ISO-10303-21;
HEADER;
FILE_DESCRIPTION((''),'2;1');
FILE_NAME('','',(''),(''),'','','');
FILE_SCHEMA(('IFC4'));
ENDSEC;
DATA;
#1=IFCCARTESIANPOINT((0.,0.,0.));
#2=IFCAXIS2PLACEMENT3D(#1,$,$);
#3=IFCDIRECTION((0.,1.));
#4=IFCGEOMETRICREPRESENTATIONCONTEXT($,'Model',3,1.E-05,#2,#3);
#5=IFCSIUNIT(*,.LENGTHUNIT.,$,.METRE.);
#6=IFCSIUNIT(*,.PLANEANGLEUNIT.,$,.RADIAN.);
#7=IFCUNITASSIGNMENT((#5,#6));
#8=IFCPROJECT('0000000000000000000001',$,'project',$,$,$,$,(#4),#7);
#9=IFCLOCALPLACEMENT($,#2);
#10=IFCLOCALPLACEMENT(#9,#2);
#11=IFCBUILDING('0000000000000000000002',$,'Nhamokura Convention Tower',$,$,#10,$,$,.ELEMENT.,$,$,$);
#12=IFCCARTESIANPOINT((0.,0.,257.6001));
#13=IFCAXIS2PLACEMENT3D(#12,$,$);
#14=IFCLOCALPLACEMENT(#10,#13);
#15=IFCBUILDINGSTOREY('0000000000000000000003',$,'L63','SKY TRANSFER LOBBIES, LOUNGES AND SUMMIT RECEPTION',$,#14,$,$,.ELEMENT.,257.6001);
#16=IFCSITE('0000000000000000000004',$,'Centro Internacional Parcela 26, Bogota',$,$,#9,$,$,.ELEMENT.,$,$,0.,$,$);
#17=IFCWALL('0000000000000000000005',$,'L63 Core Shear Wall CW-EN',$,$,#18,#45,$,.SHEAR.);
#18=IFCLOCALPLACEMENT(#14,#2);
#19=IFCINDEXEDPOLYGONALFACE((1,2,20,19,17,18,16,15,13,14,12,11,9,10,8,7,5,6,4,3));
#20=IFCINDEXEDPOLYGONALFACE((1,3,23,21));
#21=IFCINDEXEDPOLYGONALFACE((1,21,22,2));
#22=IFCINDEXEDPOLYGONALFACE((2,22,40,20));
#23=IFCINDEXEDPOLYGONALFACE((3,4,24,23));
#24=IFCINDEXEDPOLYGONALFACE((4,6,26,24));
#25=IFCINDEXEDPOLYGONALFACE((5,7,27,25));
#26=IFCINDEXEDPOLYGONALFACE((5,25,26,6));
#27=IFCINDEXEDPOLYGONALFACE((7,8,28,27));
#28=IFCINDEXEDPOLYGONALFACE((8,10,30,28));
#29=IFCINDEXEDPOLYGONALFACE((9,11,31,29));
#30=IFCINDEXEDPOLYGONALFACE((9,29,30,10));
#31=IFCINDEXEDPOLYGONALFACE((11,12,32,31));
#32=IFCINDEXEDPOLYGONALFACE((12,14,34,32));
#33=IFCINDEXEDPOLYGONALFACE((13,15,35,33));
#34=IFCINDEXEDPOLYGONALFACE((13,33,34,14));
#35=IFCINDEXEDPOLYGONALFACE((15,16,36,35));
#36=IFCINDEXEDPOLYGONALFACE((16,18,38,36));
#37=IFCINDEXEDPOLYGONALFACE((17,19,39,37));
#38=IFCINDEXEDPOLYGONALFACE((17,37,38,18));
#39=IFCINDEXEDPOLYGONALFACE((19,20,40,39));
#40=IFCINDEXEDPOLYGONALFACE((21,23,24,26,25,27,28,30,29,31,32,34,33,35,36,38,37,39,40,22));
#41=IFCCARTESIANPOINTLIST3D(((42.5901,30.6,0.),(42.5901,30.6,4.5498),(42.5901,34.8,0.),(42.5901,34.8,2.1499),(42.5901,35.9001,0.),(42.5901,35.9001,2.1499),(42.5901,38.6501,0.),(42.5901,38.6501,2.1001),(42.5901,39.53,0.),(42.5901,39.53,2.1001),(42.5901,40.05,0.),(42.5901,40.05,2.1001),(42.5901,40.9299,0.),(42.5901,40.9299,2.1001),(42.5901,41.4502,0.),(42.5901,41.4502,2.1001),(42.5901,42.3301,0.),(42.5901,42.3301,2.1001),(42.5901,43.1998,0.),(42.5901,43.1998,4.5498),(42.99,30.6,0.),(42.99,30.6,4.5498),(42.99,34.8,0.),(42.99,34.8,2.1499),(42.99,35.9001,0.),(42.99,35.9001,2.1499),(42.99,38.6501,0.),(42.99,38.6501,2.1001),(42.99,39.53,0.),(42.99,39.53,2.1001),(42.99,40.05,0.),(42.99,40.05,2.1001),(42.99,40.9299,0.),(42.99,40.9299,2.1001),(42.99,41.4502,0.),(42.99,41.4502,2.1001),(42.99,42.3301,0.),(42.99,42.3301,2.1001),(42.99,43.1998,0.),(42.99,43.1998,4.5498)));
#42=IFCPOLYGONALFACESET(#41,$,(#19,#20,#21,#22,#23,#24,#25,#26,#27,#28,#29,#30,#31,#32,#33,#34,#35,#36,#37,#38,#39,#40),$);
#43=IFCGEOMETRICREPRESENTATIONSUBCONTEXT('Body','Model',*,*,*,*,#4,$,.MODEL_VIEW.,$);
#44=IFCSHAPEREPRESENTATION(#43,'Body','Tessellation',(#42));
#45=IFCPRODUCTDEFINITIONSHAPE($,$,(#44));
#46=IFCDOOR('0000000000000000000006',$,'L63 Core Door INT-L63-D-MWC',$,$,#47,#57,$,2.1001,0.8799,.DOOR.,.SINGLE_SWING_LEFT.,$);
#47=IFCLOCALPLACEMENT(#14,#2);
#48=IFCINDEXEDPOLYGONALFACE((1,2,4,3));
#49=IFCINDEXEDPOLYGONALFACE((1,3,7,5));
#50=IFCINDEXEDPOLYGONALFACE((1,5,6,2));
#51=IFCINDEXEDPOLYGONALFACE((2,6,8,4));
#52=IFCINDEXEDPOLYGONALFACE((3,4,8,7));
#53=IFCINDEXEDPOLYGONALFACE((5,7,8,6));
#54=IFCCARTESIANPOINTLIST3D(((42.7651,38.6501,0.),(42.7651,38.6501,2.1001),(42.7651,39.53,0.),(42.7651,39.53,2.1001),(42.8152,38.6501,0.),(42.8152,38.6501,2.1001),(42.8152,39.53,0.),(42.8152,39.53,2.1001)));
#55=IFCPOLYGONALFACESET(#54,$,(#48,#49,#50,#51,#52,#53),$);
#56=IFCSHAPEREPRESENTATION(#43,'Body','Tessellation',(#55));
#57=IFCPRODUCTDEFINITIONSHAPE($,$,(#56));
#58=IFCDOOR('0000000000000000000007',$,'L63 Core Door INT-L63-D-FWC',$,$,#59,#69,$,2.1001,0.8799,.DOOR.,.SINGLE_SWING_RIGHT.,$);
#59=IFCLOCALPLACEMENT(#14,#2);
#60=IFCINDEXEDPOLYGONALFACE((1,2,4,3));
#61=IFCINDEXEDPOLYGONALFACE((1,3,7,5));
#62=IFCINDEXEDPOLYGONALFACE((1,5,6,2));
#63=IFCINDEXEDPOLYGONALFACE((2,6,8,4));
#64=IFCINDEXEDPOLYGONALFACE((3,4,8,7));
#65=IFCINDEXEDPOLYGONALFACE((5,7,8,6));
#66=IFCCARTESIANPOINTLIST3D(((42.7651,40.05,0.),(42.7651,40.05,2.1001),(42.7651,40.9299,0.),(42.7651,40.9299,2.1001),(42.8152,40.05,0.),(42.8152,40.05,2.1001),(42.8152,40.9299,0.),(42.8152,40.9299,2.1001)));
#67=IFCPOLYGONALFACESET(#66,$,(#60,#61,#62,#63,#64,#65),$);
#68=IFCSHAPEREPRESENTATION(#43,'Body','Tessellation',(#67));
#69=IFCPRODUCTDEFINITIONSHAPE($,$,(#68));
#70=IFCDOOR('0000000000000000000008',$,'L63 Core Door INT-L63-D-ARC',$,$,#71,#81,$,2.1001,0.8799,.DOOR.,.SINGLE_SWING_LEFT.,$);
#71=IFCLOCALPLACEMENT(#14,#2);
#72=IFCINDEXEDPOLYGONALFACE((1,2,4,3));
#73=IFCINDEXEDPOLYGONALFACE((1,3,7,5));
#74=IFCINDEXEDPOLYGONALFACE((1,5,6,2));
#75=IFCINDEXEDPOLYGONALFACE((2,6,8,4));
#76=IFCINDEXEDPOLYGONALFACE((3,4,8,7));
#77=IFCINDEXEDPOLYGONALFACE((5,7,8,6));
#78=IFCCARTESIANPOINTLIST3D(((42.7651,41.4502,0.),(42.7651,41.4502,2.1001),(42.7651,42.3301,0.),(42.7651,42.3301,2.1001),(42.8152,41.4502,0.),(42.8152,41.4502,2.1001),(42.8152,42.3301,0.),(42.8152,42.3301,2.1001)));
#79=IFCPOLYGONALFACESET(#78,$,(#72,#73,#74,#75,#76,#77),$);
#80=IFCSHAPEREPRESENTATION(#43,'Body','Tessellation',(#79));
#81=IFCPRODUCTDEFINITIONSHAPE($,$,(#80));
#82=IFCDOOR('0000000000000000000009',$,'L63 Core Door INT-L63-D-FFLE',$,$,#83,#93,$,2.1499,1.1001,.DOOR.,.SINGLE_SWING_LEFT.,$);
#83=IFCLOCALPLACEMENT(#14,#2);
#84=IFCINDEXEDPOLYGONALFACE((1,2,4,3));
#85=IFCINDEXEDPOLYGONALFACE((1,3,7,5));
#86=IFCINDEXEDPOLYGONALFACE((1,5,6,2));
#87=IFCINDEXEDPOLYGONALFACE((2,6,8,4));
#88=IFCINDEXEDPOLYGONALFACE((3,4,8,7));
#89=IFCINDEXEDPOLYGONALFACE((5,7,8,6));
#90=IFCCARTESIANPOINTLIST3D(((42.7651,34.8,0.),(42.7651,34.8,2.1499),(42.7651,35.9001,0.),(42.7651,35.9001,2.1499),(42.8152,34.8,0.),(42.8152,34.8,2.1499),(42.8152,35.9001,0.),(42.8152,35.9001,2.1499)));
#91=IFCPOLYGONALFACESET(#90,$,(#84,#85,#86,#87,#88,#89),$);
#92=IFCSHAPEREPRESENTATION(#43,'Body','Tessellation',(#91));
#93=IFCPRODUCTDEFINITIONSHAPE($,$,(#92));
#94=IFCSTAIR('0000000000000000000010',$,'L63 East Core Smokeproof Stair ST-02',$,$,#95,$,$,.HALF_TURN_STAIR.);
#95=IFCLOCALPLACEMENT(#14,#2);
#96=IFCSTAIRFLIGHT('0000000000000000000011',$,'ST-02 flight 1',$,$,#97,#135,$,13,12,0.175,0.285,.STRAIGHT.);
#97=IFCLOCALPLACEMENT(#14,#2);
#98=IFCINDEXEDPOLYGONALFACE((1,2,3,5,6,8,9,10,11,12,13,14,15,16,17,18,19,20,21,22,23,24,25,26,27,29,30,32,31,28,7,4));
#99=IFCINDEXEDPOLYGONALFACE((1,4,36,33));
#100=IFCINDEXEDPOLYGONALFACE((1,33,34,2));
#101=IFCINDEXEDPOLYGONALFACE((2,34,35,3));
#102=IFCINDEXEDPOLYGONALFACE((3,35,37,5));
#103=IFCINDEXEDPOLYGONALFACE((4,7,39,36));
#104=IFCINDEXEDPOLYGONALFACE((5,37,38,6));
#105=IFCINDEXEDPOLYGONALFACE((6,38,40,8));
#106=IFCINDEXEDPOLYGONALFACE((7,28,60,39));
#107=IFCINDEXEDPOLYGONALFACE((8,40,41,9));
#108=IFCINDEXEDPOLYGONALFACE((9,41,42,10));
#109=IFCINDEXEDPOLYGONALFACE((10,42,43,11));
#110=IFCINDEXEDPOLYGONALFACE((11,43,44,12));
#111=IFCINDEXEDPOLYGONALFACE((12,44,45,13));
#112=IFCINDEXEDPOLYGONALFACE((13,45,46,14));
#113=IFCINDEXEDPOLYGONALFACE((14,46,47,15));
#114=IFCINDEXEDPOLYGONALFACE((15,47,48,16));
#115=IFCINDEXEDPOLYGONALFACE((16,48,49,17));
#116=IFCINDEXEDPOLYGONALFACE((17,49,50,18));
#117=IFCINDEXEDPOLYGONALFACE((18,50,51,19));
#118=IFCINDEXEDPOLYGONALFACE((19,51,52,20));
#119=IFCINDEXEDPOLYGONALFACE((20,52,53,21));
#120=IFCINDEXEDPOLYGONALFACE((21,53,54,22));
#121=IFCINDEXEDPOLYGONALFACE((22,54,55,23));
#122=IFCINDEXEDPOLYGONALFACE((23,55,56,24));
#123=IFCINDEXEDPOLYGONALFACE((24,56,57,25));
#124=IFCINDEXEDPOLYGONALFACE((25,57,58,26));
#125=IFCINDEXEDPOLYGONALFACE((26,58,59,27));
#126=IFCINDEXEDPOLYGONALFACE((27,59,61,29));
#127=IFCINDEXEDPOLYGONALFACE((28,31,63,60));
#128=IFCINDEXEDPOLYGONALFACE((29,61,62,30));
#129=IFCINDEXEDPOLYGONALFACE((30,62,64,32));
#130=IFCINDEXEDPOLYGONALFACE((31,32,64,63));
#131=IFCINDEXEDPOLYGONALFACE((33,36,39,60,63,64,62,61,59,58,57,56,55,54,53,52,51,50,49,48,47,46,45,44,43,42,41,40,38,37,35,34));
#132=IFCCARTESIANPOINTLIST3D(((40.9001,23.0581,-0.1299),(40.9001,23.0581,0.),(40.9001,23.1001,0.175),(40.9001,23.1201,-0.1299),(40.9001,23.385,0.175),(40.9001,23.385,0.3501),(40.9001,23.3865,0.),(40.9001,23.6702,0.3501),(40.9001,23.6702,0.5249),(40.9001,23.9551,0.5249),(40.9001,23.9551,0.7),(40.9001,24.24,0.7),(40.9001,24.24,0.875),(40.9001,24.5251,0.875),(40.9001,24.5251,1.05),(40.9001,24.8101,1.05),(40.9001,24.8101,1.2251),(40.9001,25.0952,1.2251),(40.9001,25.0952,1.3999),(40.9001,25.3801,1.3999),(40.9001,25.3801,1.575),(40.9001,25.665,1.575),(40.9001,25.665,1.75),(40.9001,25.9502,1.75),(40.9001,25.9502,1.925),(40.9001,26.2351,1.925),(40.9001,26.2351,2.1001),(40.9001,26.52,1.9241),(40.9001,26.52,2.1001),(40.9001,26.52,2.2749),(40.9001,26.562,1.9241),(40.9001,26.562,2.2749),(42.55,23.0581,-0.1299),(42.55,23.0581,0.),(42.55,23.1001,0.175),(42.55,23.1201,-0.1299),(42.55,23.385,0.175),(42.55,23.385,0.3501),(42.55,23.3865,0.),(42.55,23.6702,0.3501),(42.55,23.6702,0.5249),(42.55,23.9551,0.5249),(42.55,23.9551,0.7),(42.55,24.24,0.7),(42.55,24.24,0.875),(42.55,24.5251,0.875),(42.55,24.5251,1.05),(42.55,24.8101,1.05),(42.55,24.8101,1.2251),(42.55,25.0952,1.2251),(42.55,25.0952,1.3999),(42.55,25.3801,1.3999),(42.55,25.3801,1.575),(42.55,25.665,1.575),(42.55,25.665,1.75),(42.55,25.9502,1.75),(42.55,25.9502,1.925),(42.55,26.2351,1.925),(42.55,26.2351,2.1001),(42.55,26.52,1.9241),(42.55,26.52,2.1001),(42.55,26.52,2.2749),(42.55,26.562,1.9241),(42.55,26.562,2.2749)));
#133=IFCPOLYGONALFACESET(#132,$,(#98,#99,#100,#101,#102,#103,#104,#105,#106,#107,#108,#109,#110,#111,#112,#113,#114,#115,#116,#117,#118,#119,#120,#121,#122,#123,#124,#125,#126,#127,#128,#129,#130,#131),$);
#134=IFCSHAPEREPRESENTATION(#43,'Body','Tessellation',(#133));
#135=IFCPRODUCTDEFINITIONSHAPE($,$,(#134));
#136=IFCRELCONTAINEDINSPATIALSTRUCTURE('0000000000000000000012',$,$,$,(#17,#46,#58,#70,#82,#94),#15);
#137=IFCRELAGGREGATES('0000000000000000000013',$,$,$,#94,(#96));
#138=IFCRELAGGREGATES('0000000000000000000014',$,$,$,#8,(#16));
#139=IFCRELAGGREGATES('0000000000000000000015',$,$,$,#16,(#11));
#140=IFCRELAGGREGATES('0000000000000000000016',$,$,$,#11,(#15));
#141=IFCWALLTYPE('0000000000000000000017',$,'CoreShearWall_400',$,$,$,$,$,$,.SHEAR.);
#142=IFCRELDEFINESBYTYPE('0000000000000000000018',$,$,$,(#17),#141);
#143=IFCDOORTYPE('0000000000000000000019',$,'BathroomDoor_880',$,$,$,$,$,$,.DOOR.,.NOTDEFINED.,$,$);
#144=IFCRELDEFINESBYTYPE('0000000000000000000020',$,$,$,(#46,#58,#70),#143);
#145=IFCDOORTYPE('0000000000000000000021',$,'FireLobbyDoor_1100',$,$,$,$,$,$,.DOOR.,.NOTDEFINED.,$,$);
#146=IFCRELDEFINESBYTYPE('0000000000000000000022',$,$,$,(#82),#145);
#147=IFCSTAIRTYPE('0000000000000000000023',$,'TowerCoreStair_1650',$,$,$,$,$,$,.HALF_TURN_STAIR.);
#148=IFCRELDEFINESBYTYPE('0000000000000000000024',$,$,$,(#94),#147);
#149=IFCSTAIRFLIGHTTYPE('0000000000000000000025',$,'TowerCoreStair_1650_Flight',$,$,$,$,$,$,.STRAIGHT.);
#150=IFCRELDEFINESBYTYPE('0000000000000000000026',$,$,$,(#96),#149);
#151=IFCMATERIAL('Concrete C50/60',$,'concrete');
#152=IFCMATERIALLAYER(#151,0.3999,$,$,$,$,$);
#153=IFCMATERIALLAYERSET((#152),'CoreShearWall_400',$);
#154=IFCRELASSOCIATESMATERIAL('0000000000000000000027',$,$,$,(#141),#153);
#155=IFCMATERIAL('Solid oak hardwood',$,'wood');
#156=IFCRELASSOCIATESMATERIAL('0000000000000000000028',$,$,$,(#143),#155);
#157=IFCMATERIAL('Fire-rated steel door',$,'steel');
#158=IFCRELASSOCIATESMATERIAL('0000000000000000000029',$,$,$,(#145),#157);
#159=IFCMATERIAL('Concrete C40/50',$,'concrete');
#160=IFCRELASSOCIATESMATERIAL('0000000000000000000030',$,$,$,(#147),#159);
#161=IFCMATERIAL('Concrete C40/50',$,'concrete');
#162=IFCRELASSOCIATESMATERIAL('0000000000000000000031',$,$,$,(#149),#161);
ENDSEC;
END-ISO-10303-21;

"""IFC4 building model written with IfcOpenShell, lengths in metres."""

from ifc_helpers import new_model, si_unit, direction, frame, frame_2d, origin, place, context, subcontext, project, spatial, polyline, rectangle, outline, extrude, material, layer, layer_set, type_object, element, fill, aggregate, save


model = new_model("IFC4")

# Units and contexts
model_context = context("Model", 3, precision=1e-05, world=origin(), true_north=direction((0.0, 1.0)))
body_context = subcontext(model_context, "Body", "Model", "MODEL_VIEW")
ifc_project = project(units=[si_unit("LENGTHUNIT", "METRE"), si_unit("PLANEANGLEUNIT", "RADIAN")], contexts=[model_context])

# Site, building, storey
site_placement = place(None, origin())
site = spatial("IfcSite", under=ifc_project, at=site_placement, Name="Centro Internacional Parcela 26, Bogota", CompositionType="ELEMENT", RefElevation=0.0)
building_placement = place(site_placement, origin())
building = spatial("IfcBuilding", under=site, at=building_placement, Name="Nhamokura Convention Tower", CompositionType="ELEMENT")
storey_placement = place(building_placement, frame((0.0, 0.0, 257.6001)))
storey = spatial("IfcBuildingStorey", under=building, at=storey_placement, Name="L63", Description="SKY TRANSFER LOBBIES, LOUNGES AND SUMMIT RECEPTION", CompositionType="ELEMENT", Elevation=257.6001)

# Shared definitions
ifc_material_1 = material(Name="Concrete C50/60", Category="concrete")
ifc_layer_1 = layer(ifc_material_1, 0.3999)
ifc_layer_set_1 = layer_set([ifc_layer_1], Name="CoreShearWall_400")
wall_type_1 = type_object("IfcWallType", Name="CoreShearWall_400", PredefinedType="SHEAR", material=ifc_layer_set_1)

# Wall, openings, doors
wall_1_placement = place(storey_placement, frame((42.79, 30.6001, 0.0), z_axis=(0.0, 0.0, 1.0), x_axis=(0.0, 1.0, 0.0)))
wall_1 = element("IfcWall", 1, at=wall_1_placement, inside=storey, type_object=wall_type_1, Name="L63 Core Shear Wall CW-EN", PredefinedType="SHEAR", context=body_context, shape_type="SweptSolid", body=[
    extrude(rectangle(XDim=12.5999, YDim=0.3999, at=frame_2d((6.2998, 0.0))), origin(), (0.0, 0.0, 1.0), 4.5498),
])
opening_1_placement = place(wall_1_placement, frame((4.2, 0.0, 0.0)))
opening_1 = element("IfcOpeningElement", 2, at=opening_1_placement, cuts=wall_1, PredefinedType="OPENING", context=body_context, shape_type="SweptSolid", body=[
    extrude(rectangle(XDim=1.1001, YDim=2.1499, at=frame_2d((0.55, 1.075))), frame((0.0, 0.21, 0.0), z_axis=(0.0, -1.0, 0.0), x_axis=(1.0, 0.0, 0.0)), (0.0, 0.0, 1.0), 0.4199),
])
opening_2_placement = place(wall_1_placement, frame((8.05, 0.0, 0.0)))
opening_2 = element("IfcOpeningElement", 3, at=opening_2_placement, cuts=wall_1, PredefinedType="OPENING", context=body_context, shape_type="SweptSolid", body=[
    extrude(rectangle(XDim=0.8799, YDim=2.1001, at=frame_2d((0.4399, 1.05))), frame((0.0, 0.21, 0.0), z_axis=(0.0, -1.0, 0.0), x_axis=(1.0, 0.0, 0.0)), (0.0, 0.0, 1.0), 0.4199),
])
opening_3_placement = place(wall_1_placement, frame((9.45, 0.0, 0.0)))
opening_3 = element("IfcOpeningElement", 4, at=opening_3_placement, cuts=wall_1, PredefinedType="OPENING", context=body_context, shape_type="SweptSolid", body=[
    extrude(rectangle(XDim=0.8799, YDim=2.1001, at=frame_2d((0.4399, 1.05))), frame((0.0, 0.21, 0.0), z_axis=(0.0, -1.0, 0.0), x_axis=(1.0, 0.0, 0.0)), (0.0, 0.0, 1.0), 0.4199),
])
opening_4_placement = place(wall_1_placement, frame((10.8501, 0.0, 0.0)))
opening_4 = element("IfcOpeningElement", 5, at=opening_4_placement, cuts=wall_1, PredefinedType="OPENING", context=body_context, shape_type="SweptSolid", body=[
    extrude(rectangle(XDim=0.8799, YDim=2.1001, at=frame_2d((0.4399, 1.05))), frame((0.0, 0.21, 0.0), z_axis=(0.0, -1.0, 0.0), x_axis=(1.0, 0.0, 0.0)), (0.0, 0.0, 1.0), 0.4199),
])
ifc_material_2 = material(Name="Solid oak hardwood", Category="wood")
door_type_1 = type_object("IfcDoorType", Name="BathroomDoor_880", OperationType="NOTDEFINED", PredefinedType="DOOR", material=ifc_material_2)
door_1_placement = place(opening_2_placement, origin())
door_1 = element("IfcDoor", 6, at=door_1_placement, inside=storey, type_object=door_type_1, Name="L63 Core Door INT-L63-D-MWC", OperationType="SINGLE_SWING_LEFT", OverallHeight=2.1001, OverallWidth=0.8799, PredefinedType="DOOR", context=body_context, shape_type="SweptSolid", body=[
    extrude(rectangle(XDim=0.8799, YDim=2.1001, at=frame_2d((0.4399, 1.05))), frame((0.0, 0.0249, 0.0), z_axis=(0.0, -1.0, 0.0), x_axis=(1.0, 0.0, 0.0)), (0.0, 0.0, 1.0), 0.05),
])
fill(opening_2, door_1)
door_2_placement = place(opening_3_placement, origin())
door_2 = element("IfcDoor", 7, at=door_2_placement, inside=storey, type_object=door_type_1, Name="L63 Core Door INT-L63-D-FWC", OperationType="SINGLE_SWING_RIGHT", OverallHeight=2.1001, OverallWidth=0.8799, PredefinedType="DOOR", context=body_context, shape_type="SweptSolid", body=[
    extrude(rectangle(XDim=0.8799, YDim=2.1001, at=frame_2d((0.4399, 1.05))), frame((0.0, 0.0249, 0.0), z_axis=(0.0, -1.0, 0.0), x_axis=(1.0, 0.0, 0.0)), (0.0, 0.0, 1.0), 0.05),
])
fill(opening_3, door_2)
door_3_placement = place(opening_4_placement, origin())
door_3 = element("IfcDoor", 8, at=door_3_placement, inside=storey, type_object=door_type_1, Name="L63 Core Door INT-L63-D-ARC", OperationType="SINGLE_SWING_LEFT", OverallHeight=2.1001, OverallWidth=0.8799, PredefinedType="DOOR", context=body_context, shape_type="SweptSolid", body=[
    extrude(rectangle(XDim=0.8799, YDim=2.1001, at=frame_2d((0.4399, 1.05))), frame((0.0, 0.0249, 0.0), z_axis=(0.0, -1.0, 0.0), x_axis=(1.0, 0.0, 0.0)), (0.0, 0.0, 1.0), 0.05),
])
fill(opening_4, door_3)
ifc_material_3 = material(Name="Fire-rated steel door", Category="steel")
door_type_2 = type_object("IfcDoorType", Name="FireLobbyDoor_1100", OperationType="NOTDEFINED", PredefinedType="DOOR", material=ifc_material_3)
door_4_placement = place(opening_1_placement, origin())
door_4 = element("IfcDoor", 9, at=door_4_placement, inside=storey, type_object=door_type_2, Name="L63 Core Door INT-L63-D-FFLE", OperationType="SINGLE_SWING_LEFT", OverallHeight=2.1499, OverallWidth=1.1001, PredefinedType="DOOR", context=body_context, shape_type="SweptSolid", body=[
    extrude(rectangle(XDim=1.1001, YDim=2.1499, at=frame_2d((0.55, 1.075))), frame((0.0, 0.0249, 0.0), z_axis=(0.0, -1.0, 0.0), x_axis=(1.0, 0.0, 0.0)), (0.0, 0.0, 1.0), 0.05),
])
fill(opening_1, door_4)

# Stair, stair flight
ifc_material_4 = material(Name="Concrete C40/50", Category="concrete")
stair_type = type_object("IfcStairType", Name="TowerCoreStair_1650", PredefinedType="HALF_TURN_STAIR", material=ifc_material_4)
stair_placement = place(storey_placement, origin())
stair = element("IfcStair", 10, at=stair_placement, inside=storey, type_object=stair_type, Name="L63 East Core Smokeproof Stair ST-02", PredefinedType="HALF_TURN_STAIR")
ifc_material_5 = material(Name="Concrete C40/50", Category="concrete")
stair_flight_type = type_object("IfcStairFlightType", Name="TowerCoreStair_1650_Flight", PredefinedType="STRAIGHT", material=ifc_material_5)
stair_flight_placement = place(storey_placement, frame((41.7251, 23.1001, 0.0), z_axis=(0.0, 0.0, 1.0), x_axis=(0.0, 1.0, 0.0)))
stair_flight = element("IfcStairFlight", 11, at=stair_flight_placement, type_object=stair_flight_type, Name="ST-02 flight 1", NumberOfRisers=13, NumberOfTreads=12, PredefinedType="STRAIGHT", RiserHeight=0.175, TreadLength=0.285, context=body_context, shape_type="SweptSolid", body=[
    extrude(outline(polyline([(-0.042, 0.0), (0.0, 0.175), (0.2849, 0.175), (0.2849, 0.3501), (0.5701, 0.3501), (0.5701, 0.5249), (0.855, 0.5249), (0.855, 0.7), (1.1399, 0.7), (1.1399, 0.875), (1.425, 0.875), (1.425, 1.05), (1.71, 1.05), (1.71, 1.2251), (1.9951, 1.2251), (1.9951, 1.3999), (2.28, 1.3999), (2.28, 1.575), (2.5649, 1.575), (2.5649, 1.75), (2.8501, 1.75), (2.8501, 1.925), (3.135, 1.925), (3.135, 2.1001), (3.4199, 2.1001), (3.4199, 2.2749), (3.4619, 2.2749), (3.4619, 1.9241), (3.4199, 1.9241), (0.2864, 0.0), (0.02, -0.1299), (-0.042, -0.1299), (-0.042, 0.0)])), frame((0.0, 0.825, 0.0), z_axis=(0.0, -1.0, 0.0), x_axis=(1.0, 0.0, 0.0)), (0.0, 0.0, 1.0), 1.6499),
])
aggregate(stair, [stair_flight])

save(model, "model.ifc")
